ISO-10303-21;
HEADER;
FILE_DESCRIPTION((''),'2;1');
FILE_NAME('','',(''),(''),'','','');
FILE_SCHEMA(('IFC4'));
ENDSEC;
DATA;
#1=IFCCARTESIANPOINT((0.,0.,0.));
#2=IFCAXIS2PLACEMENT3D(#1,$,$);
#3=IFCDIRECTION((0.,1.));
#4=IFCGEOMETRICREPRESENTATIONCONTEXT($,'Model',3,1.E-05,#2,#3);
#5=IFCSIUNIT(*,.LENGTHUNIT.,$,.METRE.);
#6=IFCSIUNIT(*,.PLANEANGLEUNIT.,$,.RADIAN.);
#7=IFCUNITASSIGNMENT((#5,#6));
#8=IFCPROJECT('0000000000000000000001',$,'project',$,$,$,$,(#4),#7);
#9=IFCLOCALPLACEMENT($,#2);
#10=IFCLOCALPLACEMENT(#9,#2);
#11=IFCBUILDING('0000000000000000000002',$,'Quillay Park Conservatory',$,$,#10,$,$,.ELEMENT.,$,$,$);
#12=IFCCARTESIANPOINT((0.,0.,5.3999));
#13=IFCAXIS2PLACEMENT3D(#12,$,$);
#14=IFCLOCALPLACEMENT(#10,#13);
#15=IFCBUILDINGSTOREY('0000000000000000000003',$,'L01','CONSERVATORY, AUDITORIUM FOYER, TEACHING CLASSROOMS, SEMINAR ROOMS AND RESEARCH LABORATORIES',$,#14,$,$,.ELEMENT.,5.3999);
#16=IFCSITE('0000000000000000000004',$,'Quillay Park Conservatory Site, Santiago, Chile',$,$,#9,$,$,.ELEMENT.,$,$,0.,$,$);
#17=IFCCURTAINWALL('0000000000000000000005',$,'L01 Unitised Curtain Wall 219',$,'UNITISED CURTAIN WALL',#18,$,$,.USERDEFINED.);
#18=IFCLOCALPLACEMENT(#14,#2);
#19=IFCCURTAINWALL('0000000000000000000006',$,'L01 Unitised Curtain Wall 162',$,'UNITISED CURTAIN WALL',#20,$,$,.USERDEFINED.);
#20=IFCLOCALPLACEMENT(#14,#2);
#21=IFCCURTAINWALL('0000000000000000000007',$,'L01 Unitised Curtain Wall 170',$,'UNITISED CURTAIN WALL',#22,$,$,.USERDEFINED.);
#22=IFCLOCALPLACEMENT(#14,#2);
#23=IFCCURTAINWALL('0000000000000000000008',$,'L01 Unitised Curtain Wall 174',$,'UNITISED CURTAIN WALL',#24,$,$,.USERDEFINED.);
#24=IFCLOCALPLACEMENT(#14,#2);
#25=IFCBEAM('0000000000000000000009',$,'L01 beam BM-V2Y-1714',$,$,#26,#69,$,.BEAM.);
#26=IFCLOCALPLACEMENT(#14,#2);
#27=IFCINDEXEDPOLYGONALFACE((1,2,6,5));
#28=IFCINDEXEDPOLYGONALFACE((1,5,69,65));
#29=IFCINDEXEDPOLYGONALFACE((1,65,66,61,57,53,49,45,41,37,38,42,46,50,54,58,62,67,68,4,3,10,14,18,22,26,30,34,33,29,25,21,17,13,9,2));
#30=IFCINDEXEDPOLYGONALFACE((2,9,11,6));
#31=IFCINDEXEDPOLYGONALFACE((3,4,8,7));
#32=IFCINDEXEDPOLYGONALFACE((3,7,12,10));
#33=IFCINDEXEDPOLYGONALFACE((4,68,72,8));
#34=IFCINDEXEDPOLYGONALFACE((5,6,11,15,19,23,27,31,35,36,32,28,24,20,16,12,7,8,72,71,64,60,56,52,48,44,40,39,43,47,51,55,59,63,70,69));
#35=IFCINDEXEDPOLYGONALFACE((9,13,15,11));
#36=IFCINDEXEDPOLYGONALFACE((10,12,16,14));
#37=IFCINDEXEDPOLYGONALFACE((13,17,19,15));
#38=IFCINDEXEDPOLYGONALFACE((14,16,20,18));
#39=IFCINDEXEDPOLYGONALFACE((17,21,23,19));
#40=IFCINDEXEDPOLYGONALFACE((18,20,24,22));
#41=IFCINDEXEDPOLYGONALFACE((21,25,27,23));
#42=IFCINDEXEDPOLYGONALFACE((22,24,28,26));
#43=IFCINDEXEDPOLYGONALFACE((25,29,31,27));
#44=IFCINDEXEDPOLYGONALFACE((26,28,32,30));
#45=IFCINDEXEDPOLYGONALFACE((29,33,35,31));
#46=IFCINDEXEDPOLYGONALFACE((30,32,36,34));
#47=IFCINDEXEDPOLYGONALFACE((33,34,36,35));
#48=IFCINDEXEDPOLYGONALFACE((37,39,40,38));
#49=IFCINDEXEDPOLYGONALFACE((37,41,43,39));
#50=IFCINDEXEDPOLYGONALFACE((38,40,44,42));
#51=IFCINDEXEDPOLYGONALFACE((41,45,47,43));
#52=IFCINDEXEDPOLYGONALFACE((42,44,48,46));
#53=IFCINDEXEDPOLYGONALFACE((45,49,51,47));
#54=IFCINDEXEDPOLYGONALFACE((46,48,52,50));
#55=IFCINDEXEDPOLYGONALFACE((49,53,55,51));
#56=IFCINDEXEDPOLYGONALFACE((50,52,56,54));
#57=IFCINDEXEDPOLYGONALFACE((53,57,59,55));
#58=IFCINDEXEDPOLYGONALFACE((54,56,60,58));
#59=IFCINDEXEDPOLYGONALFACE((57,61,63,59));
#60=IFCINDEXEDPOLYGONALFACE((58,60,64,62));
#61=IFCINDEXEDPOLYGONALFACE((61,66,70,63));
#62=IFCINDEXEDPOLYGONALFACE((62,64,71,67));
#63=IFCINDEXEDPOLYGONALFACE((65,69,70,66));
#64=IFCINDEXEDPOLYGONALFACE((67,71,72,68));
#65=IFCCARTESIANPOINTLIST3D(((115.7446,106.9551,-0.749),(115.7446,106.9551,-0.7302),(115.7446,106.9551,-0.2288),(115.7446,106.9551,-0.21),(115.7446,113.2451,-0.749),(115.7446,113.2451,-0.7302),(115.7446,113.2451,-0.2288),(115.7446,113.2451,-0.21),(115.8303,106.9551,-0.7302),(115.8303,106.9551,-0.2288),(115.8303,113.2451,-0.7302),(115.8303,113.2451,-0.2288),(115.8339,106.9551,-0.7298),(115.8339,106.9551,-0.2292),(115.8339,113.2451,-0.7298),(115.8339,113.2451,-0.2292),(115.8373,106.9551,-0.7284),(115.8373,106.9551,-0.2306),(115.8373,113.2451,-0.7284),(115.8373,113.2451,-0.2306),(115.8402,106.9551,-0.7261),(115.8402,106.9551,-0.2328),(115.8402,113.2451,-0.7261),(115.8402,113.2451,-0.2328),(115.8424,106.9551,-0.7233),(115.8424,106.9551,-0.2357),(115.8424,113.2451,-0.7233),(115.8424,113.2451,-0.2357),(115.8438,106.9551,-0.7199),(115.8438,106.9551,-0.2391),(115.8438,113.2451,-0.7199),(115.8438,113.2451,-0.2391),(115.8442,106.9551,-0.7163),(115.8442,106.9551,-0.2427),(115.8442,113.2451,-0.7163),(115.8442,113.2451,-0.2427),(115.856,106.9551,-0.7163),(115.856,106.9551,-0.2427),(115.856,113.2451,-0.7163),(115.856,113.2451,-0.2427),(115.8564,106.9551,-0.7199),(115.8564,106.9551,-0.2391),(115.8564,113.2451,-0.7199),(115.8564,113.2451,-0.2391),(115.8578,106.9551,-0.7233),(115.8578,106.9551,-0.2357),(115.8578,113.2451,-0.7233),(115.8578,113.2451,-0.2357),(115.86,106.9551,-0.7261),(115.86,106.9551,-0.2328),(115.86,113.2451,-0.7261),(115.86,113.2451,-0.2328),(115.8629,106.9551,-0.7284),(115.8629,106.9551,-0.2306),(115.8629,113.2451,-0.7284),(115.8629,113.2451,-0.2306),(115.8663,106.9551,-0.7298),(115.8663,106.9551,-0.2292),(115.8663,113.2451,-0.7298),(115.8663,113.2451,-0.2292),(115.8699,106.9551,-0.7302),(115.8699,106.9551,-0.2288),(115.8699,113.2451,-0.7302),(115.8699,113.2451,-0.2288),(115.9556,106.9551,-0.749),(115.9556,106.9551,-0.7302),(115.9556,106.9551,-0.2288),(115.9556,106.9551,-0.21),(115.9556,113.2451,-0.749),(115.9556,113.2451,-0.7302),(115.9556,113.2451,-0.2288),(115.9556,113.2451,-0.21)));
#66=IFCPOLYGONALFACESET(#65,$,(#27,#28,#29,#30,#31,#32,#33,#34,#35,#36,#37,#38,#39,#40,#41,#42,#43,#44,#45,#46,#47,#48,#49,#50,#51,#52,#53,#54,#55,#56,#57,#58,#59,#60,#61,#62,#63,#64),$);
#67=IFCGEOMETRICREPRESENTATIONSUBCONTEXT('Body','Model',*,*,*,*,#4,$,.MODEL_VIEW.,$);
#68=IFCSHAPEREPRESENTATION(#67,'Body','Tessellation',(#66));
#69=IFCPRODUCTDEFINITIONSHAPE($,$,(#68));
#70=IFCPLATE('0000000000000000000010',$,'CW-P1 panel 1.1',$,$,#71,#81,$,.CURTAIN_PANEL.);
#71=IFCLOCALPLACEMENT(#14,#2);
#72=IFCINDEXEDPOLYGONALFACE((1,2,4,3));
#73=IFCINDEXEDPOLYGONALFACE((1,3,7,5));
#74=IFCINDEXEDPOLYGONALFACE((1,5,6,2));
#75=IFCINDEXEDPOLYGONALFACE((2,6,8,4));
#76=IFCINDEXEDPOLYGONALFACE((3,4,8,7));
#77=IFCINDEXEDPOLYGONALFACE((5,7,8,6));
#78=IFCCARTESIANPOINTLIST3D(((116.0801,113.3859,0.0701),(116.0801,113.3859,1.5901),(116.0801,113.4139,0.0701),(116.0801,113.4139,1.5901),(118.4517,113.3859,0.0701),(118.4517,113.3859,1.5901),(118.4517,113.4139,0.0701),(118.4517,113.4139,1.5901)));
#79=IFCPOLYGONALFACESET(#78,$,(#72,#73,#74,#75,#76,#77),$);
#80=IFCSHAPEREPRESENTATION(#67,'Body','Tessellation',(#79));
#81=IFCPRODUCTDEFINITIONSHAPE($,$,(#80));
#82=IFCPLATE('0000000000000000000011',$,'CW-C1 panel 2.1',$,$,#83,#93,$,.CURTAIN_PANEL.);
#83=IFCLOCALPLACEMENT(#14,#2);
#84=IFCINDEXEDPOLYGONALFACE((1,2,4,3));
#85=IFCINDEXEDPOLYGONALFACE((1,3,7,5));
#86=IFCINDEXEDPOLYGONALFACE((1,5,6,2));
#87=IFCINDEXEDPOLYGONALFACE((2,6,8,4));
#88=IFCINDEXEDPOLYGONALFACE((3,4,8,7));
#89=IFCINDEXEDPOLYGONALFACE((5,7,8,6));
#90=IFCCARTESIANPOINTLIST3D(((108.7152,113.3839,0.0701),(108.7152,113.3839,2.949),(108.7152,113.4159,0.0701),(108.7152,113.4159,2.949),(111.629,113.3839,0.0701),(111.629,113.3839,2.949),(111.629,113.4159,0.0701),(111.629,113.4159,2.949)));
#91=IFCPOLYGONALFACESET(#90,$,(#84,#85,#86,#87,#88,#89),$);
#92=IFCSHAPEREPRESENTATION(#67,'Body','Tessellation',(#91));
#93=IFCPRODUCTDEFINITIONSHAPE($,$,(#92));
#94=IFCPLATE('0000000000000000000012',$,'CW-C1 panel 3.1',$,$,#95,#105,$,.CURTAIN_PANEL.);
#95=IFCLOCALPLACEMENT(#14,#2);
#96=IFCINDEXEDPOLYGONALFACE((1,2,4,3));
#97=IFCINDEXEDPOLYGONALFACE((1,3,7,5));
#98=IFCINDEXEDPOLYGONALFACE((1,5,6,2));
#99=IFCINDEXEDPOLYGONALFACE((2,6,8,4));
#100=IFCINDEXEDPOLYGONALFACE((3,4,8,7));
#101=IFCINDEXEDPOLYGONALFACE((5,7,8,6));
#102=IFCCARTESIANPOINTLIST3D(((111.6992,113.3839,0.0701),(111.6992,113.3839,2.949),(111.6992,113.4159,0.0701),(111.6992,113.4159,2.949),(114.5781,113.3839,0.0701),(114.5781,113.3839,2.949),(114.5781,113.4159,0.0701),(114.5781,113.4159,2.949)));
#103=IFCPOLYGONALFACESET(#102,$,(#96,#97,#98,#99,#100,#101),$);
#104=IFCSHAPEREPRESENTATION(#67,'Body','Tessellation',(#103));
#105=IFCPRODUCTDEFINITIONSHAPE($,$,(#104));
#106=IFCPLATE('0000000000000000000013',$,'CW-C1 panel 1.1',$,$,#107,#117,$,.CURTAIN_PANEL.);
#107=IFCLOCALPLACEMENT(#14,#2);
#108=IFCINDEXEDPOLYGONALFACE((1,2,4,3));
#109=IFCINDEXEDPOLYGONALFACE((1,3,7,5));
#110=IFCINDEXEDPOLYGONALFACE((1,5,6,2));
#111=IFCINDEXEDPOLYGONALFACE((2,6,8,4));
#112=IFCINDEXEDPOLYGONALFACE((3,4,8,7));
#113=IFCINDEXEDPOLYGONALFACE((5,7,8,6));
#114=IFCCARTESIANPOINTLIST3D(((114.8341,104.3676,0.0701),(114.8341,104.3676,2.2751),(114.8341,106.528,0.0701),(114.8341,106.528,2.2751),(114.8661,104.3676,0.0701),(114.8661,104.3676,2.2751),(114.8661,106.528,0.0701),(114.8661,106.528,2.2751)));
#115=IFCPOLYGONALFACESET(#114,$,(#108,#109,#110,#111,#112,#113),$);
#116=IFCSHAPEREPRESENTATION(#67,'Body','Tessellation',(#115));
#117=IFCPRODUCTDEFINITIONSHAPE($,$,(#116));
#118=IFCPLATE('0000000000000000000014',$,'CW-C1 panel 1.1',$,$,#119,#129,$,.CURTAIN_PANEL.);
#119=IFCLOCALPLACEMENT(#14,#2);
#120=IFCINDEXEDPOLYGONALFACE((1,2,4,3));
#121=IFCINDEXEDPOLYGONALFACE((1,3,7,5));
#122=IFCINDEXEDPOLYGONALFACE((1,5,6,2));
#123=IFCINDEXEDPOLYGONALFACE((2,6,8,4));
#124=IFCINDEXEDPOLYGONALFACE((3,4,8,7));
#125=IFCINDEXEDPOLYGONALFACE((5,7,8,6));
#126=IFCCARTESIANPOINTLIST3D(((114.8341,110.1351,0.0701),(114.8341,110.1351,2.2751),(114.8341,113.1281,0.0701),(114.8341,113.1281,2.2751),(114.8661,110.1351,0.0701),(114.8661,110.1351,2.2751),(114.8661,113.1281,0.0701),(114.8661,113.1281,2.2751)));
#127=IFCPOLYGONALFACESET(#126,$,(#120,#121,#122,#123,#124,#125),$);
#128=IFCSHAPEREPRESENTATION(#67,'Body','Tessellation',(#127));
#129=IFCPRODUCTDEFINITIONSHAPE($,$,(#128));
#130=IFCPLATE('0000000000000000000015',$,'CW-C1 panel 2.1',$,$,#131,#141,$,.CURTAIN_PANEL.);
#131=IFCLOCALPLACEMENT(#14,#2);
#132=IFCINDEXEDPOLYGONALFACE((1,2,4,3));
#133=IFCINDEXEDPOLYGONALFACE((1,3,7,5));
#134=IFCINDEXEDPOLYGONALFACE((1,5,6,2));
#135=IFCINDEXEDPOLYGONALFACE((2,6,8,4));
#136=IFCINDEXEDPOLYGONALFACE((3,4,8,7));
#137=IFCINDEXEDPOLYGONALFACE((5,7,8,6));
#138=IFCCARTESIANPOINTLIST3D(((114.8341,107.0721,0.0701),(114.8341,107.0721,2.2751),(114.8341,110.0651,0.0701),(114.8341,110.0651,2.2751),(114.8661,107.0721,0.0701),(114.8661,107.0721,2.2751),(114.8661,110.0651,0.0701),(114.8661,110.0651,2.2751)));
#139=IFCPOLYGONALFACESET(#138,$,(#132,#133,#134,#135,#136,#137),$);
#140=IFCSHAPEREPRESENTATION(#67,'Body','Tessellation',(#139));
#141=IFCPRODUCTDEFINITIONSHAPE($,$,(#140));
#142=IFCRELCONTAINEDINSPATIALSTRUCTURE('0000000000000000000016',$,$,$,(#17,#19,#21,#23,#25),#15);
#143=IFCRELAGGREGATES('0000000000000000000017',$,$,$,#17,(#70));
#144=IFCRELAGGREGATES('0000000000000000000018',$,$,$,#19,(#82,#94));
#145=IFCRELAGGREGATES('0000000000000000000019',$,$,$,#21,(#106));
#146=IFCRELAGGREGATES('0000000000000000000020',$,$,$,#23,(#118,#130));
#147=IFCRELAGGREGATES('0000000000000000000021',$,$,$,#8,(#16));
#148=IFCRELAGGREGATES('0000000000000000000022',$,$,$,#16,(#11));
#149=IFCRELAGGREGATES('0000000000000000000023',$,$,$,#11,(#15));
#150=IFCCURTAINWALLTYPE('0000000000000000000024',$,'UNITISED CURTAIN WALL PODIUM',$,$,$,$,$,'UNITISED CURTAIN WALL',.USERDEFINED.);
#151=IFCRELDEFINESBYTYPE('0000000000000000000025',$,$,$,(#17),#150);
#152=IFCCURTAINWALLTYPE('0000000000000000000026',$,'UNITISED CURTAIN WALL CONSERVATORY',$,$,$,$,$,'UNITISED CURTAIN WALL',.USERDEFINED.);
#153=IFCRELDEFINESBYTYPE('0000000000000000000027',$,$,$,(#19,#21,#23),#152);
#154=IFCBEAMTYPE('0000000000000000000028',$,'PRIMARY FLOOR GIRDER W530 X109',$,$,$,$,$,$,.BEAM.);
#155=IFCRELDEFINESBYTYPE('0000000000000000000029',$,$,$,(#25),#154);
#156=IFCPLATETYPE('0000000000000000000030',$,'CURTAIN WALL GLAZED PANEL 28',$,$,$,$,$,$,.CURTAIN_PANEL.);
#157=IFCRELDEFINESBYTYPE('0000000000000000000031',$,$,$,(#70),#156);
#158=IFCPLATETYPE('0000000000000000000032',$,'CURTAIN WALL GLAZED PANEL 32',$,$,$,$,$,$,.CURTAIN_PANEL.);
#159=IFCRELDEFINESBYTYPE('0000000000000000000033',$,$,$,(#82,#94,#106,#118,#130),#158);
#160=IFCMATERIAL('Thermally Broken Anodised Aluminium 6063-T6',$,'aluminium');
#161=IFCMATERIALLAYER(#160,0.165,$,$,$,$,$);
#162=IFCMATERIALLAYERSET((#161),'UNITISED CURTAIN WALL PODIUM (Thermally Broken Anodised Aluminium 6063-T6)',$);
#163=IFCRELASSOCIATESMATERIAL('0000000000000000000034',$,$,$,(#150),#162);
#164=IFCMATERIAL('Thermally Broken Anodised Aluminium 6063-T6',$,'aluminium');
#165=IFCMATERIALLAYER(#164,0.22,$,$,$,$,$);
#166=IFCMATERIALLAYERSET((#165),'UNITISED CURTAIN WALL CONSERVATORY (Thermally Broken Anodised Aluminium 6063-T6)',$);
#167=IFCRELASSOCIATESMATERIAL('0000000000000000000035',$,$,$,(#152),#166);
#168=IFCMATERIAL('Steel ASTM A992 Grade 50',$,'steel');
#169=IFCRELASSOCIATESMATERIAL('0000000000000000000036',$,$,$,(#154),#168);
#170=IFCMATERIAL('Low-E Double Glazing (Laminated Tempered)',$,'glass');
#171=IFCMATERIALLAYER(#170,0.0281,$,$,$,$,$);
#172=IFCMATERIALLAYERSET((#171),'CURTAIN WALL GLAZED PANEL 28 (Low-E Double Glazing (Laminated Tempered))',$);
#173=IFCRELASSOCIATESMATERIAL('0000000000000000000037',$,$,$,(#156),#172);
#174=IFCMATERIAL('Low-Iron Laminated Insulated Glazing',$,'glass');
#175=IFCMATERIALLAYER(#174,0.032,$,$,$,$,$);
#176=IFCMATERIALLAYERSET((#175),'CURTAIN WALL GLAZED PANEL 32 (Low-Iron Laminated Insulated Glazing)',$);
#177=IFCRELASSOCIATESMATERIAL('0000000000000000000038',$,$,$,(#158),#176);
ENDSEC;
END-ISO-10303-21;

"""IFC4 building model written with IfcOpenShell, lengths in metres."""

from ifc_helpers import new_model, si_unit, direction, frame, origin, origin_2d, place, context, subcontext, project, spatial, rectangle, i_section, extrude, material, layer, layer_set, material_profile, profile_set, type_object, element, aggregate, save


model = new_model("IFC4")

# Units and contexts
model_context = context("Model", 3, precision=1e-05, world=origin(), true_north=direction((0.0, 1.0)))
body_context = subcontext(model_context, "Body", "Model", "MODEL_VIEW")
ifc_project = project(units=[si_unit("LENGTHUNIT", "METRE"), si_unit("PLANEANGLEUNIT", "RADIAN")], contexts=[model_context])

# Site, building, storey
site_placement = place(None, origin())
site = spatial("IfcSite", under=ifc_project, at=site_placement, Name="Quillay Park Conservatory Site, Santiago, Chile", CompositionType="ELEMENT", RefElevation=0.0)
building_placement = place(site_placement, origin())
building = spatial("IfcBuilding", under=site, at=building_placement, Name="Quillay Park Conservatory", CompositionType="ELEMENT")
storey_placement = place(building_placement, frame((0.0, 0.0, 5.3999)))
storey = spatial("IfcBuildingStorey", under=building, at=storey_placement, Name="L01", Description="CONSERVATORY, AUDITORIUM FOYER, TEACHING CLASSROOMS, SEMINAR ROOMS AND RESEARCH LABORATORIES", CompositionType="ELEMENT", Elevation=5.3999)

# Curtain walls
ifc_material_1 = material(Name="Thermally Broken Anodised Aluminium 6063-T6", Category="aluminium")
ifc_layer_1 = layer(ifc_material_1, 0.165)
ifc_layer_set_1 = layer_set([ifc_layer_1], Name="UNITISED CURTAIN WALL PODIUM (Thermally Broken Anodised Aluminium 6063-T6)")
curtain_wall_type_1 = type_object("IfcCurtainWallType", Name="UNITISED CURTAIN WALL PODIUM", ElementType="UNITISED CURTAIN WALL", PredefinedType="USERDEFINED", material=ifc_layer_set_1)
curtain_wall_1_placement = place(storey_placement, origin())
curtain_wall_1 = element("IfcCurtainWall", 1, at=curtain_wall_1_placement, inside=storey, type_object=curtain_wall_type_1, Name="L01 Unitised Curtain Wall 219", ObjectType="UNITISED CURTAIN WALL", PredefinedType="USERDEFINED")
ifc_material_2 = material(Name="Thermally Broken Anodised Aluminium 6063-T6", Category="aluminium")
ifc_layer_2 = layer(ifc_material_2, 0.22)
ifc_layer_set_2 = layer_set([ifc_layer_2], Name="UNITISED CURTAIN WALL CONSERVATORY (Thermally Broken Anodised Aluminium 6063-T6)")
curtain_wall_type_2 = type_object("IfcCurtainWallType", Name="UNITISED CURTAIN WALL CONSERVATORY", ElementType="UNITISED CURTAIN WALL", PredefinedType="USERDEFINED", material=ifc_layer_set_2)
curtain_wall_2_placement = place(storey_placement, origin())
curtain_wall_2 = element("IfcCurtainWall", 2, at=curtain_wall_2_placement, inside=storey, type_object=curtain_wall_type_2, Name="L01 Unitised Curtain Wall 162", ObjectType="UNITISED CURTAIN WALL", PredefinedType="USERDEFINED")
curtain_wall_3_placement = place(storey_placement, origin())
curtain_wall_3 = element("IfcCurtainWall", 3, at=curtain_wall_3_placement, inside=storey, type_object=curtain_wall_type_2, Name="L01 Unitised Curtain Wall 170", ObjectType="UNITISED CURTAIN WALL", PredefinedType="USERDEFINED")
curtain_wall_4_placement = place(storey_placement, origin())
curtain_wall_4 = element("IfcCurtainWall", 4, at=curtain_wall_4_placement, inside=storey, type_object=curtain_wall_type_2, Name="L01 Unitised Curtain Wall 174", ObjectType="UNITISED CURTAIN WALL", PredefinedType="USERDEFINED")

# Beam
ifc_material_3 = material(Name="Steel ASTM A992 Grade 50", Category="steel")
ifc_material_profile_1 = material_profile(ifc_material_3, i_section(OverallWidth=0.2109, OverallDepth=0.5391, WebThickness=0.0117, FlangeThickness=0.0188, FilletRadius=0.0139, at=origin_2d()), Name="W530x109")
ifc_profile_set_1 = profile_set([ifc_material_profile_1], Name="Steel ASTM A992 Grade 50")
beam_type_1 = type_object("IfcBeamType", Name="PRIMARY FLOOR GIRDER W530 X109", PredefinedType="BEAM", material=ifc_profile_set_1)
beam_1_placement = place(storey_placement, frame((115.8501, 106.9551, -0.4795), z_axis=(0.0, 1.0, 0.0), x_axis=(-1.0, 0.0, 0.0)))
element("IfcBeam", 5, at=beam_1_placement, inside=storey, type_object=beam_type_1, Name="L01 beam BM-V2Y-1714", PredefinedType="BEAM", context=body_context, shape_type="SweptSolid", body=[
    extrude(i_section(OverallWidth=0.2109, OverallDepth=0.5391, WebThickness=0.0117, FlangeThickness=0.0188, FilletRadius=0.0139, at=origin_2d()), origin(), (0.0, 0.0, 1.0), 6.29),
])

# Plates
ifc_material_4 = material(Name="Low-E Double Glazing (Laminated Tempered)", Category="glass")
ifc_layer_3 = layer(ifc_material_4, 0.0281)
ifc_layer_set_3 = layer_set([ifc_layer_3], Name="CURTAIN WALL GLAZED PANEL 28 (Low-E Double Glazing (Laminated Tempered))")
plate_type_1 = type_object("IfcPlateType", Name="CURTAIN WALL GLAZED PANEL 28", PredefinedType="CURTAIN_PANEL", material=ifc_layer_set_3)
plate_1_placement = place(storey_placement, frame((117.2659, 113.3999, 0.0701), z_axis=(0.0, 0.0, 1.0), x_axis=(1.0, 0.0, 0.0)))
plate_1 = element("IfcPlate", 6, at=plate_1_placement, type_object=plate_type_1, Name="CW-P1 panel 1.1", PredefinedType="CURTAIN_PANEL", context=body_context, shape_type="SweptSolid", body=[
    extrude(rectangle(XDim=2.3716, YDim=0.0281, at=origin_2d()), origin(), (0.0, 0.0, 1.0), 1.52),
])
aggregate(curtain_wall_1, [plate_1])
ifc_material_5 = material(Name="Low-Iron Laminated Insulated Glazing", Category="glass")
ifc_layer_4 = layer(ifc_material_5, 0.032)
ifc_layer_set_4 = layer_set([ifc_layer_4], Name="CURTAIN WALL GLAZED PANEL 32 (Low-Iron Laminated Insulated Glazing)")
plate_type_2 = type_object("IfcPlateType", Name="CURTAIN WALL GLAZED PANEL 32", PredefinedType="CURTAIN_PANEL", material=ifc_layer_set_4)
plate_2_placement = place(storey_placement, frame((110.1721, 113.3999, 0.0701), z_axis=(0.0, 0.0, 1.0), x_axis=(1.0, 0.0, 0.0)))
plate_2 = element("IfcPlate", 7, at=plate_2_placement, type_object=plate_type_2, Name="CW-C1 panel 2.1", PredefinedType="CURTAIN_PANEL", context=body_context, shape_type="SweptSolid", body=[
    extrude(rectangle(XDim=2.9138, YDim=0.032, at=origin_2d()), origin(), (0.0, 0.0, 1.0), 2.8789),
])
plate_3_placement = place(storey_placement, frame((113.1387, 113.3999, 0.0701), z_axis=(0.0, 0.0, 1.0), x_axis=(1.0, 0.0, 0.0)))
plate_3 = element("IfcPlate", 8, at=plate_3_placement, type_object=plate_type_2, Name="CW-C1 panel 3.1", PredefinedType="CURTAIN_PANEL", context=body_context, shape_type="SweptSolid", body=[
    extrude(rectangle(XDim=2.8789, YDim=0.032, at=origin_2d()), origin(), (0.0, 0.0, 1.0), 2.8789),
])
aggregate(curtain_wall_2, [plate_2, plate_3])
plate_4_placement = place(storey_placement, frame((114.8501, 105.4478, 0.0701), z_axis=(0.0, 0.0, 1.0), x_axis=(0.0, -1.0, 0.0)))
plate_4 = element("IfcPlate", 9, at=plate_4_placement, type_object=plate_type_2, Name="CW-C1 panel 1.1", PredefinedType="CURTAIN_PANEL", context=body_context, shape_type="SweptSolid", body=[
    extrude(rectangle(XDim=2.1604, YDim=0.032, at=origin_2d()), origin(), (0.0, 0.0, 1.0), 2.2051),
])
aggregate(curtain_wall_3, [plate_4])
plate_5_placement = place(storey_placement, frame((114.8501, 111.6316, 0.0701), z_axis=(0.0, 0.0, 1.0), x_axis=(0.0, -1.0, 0.0)))
plate_5 = element("IfcPlate", 10, at=plate_5_placement, type_object=plate_type_2, Name="CW-C1 panel 1.1", PredefinedType="CURTAIN_PANEL", context=body_context, shape_type="SweptSolid", body=[
    extrude(rectangle(XDim=2.9929, YDim=0.032, at=origin_2d()), origin(), (0.0, 0.0, 1.0), 2.2051),
])
plate_6_placement = place(storey_placement, frame((114.8501, 108.5686, 0.0701), z_axis=(0.0, 0.0, 1.0), x_axis=(0.0, -1.0, 0.0)))
plate_6 = element("IfcPlate", 11, at=plate_6_placement, type_object=plate_type_2, Name="CW-C1 panel 2.1", PredefinedType="CURTAIN_PANEL", context=body_context, shape_type="SweptSolid", body=[
    extrude(rectangle(XDim=2.9929, YDim=0.032, at=origin_2d()), origin(), (0.0, 0.0, 1.0), 2.2051),
])
aggregate(curtain_wall_4, [plate_5, plate_6])

save(model, "model.ifc")
